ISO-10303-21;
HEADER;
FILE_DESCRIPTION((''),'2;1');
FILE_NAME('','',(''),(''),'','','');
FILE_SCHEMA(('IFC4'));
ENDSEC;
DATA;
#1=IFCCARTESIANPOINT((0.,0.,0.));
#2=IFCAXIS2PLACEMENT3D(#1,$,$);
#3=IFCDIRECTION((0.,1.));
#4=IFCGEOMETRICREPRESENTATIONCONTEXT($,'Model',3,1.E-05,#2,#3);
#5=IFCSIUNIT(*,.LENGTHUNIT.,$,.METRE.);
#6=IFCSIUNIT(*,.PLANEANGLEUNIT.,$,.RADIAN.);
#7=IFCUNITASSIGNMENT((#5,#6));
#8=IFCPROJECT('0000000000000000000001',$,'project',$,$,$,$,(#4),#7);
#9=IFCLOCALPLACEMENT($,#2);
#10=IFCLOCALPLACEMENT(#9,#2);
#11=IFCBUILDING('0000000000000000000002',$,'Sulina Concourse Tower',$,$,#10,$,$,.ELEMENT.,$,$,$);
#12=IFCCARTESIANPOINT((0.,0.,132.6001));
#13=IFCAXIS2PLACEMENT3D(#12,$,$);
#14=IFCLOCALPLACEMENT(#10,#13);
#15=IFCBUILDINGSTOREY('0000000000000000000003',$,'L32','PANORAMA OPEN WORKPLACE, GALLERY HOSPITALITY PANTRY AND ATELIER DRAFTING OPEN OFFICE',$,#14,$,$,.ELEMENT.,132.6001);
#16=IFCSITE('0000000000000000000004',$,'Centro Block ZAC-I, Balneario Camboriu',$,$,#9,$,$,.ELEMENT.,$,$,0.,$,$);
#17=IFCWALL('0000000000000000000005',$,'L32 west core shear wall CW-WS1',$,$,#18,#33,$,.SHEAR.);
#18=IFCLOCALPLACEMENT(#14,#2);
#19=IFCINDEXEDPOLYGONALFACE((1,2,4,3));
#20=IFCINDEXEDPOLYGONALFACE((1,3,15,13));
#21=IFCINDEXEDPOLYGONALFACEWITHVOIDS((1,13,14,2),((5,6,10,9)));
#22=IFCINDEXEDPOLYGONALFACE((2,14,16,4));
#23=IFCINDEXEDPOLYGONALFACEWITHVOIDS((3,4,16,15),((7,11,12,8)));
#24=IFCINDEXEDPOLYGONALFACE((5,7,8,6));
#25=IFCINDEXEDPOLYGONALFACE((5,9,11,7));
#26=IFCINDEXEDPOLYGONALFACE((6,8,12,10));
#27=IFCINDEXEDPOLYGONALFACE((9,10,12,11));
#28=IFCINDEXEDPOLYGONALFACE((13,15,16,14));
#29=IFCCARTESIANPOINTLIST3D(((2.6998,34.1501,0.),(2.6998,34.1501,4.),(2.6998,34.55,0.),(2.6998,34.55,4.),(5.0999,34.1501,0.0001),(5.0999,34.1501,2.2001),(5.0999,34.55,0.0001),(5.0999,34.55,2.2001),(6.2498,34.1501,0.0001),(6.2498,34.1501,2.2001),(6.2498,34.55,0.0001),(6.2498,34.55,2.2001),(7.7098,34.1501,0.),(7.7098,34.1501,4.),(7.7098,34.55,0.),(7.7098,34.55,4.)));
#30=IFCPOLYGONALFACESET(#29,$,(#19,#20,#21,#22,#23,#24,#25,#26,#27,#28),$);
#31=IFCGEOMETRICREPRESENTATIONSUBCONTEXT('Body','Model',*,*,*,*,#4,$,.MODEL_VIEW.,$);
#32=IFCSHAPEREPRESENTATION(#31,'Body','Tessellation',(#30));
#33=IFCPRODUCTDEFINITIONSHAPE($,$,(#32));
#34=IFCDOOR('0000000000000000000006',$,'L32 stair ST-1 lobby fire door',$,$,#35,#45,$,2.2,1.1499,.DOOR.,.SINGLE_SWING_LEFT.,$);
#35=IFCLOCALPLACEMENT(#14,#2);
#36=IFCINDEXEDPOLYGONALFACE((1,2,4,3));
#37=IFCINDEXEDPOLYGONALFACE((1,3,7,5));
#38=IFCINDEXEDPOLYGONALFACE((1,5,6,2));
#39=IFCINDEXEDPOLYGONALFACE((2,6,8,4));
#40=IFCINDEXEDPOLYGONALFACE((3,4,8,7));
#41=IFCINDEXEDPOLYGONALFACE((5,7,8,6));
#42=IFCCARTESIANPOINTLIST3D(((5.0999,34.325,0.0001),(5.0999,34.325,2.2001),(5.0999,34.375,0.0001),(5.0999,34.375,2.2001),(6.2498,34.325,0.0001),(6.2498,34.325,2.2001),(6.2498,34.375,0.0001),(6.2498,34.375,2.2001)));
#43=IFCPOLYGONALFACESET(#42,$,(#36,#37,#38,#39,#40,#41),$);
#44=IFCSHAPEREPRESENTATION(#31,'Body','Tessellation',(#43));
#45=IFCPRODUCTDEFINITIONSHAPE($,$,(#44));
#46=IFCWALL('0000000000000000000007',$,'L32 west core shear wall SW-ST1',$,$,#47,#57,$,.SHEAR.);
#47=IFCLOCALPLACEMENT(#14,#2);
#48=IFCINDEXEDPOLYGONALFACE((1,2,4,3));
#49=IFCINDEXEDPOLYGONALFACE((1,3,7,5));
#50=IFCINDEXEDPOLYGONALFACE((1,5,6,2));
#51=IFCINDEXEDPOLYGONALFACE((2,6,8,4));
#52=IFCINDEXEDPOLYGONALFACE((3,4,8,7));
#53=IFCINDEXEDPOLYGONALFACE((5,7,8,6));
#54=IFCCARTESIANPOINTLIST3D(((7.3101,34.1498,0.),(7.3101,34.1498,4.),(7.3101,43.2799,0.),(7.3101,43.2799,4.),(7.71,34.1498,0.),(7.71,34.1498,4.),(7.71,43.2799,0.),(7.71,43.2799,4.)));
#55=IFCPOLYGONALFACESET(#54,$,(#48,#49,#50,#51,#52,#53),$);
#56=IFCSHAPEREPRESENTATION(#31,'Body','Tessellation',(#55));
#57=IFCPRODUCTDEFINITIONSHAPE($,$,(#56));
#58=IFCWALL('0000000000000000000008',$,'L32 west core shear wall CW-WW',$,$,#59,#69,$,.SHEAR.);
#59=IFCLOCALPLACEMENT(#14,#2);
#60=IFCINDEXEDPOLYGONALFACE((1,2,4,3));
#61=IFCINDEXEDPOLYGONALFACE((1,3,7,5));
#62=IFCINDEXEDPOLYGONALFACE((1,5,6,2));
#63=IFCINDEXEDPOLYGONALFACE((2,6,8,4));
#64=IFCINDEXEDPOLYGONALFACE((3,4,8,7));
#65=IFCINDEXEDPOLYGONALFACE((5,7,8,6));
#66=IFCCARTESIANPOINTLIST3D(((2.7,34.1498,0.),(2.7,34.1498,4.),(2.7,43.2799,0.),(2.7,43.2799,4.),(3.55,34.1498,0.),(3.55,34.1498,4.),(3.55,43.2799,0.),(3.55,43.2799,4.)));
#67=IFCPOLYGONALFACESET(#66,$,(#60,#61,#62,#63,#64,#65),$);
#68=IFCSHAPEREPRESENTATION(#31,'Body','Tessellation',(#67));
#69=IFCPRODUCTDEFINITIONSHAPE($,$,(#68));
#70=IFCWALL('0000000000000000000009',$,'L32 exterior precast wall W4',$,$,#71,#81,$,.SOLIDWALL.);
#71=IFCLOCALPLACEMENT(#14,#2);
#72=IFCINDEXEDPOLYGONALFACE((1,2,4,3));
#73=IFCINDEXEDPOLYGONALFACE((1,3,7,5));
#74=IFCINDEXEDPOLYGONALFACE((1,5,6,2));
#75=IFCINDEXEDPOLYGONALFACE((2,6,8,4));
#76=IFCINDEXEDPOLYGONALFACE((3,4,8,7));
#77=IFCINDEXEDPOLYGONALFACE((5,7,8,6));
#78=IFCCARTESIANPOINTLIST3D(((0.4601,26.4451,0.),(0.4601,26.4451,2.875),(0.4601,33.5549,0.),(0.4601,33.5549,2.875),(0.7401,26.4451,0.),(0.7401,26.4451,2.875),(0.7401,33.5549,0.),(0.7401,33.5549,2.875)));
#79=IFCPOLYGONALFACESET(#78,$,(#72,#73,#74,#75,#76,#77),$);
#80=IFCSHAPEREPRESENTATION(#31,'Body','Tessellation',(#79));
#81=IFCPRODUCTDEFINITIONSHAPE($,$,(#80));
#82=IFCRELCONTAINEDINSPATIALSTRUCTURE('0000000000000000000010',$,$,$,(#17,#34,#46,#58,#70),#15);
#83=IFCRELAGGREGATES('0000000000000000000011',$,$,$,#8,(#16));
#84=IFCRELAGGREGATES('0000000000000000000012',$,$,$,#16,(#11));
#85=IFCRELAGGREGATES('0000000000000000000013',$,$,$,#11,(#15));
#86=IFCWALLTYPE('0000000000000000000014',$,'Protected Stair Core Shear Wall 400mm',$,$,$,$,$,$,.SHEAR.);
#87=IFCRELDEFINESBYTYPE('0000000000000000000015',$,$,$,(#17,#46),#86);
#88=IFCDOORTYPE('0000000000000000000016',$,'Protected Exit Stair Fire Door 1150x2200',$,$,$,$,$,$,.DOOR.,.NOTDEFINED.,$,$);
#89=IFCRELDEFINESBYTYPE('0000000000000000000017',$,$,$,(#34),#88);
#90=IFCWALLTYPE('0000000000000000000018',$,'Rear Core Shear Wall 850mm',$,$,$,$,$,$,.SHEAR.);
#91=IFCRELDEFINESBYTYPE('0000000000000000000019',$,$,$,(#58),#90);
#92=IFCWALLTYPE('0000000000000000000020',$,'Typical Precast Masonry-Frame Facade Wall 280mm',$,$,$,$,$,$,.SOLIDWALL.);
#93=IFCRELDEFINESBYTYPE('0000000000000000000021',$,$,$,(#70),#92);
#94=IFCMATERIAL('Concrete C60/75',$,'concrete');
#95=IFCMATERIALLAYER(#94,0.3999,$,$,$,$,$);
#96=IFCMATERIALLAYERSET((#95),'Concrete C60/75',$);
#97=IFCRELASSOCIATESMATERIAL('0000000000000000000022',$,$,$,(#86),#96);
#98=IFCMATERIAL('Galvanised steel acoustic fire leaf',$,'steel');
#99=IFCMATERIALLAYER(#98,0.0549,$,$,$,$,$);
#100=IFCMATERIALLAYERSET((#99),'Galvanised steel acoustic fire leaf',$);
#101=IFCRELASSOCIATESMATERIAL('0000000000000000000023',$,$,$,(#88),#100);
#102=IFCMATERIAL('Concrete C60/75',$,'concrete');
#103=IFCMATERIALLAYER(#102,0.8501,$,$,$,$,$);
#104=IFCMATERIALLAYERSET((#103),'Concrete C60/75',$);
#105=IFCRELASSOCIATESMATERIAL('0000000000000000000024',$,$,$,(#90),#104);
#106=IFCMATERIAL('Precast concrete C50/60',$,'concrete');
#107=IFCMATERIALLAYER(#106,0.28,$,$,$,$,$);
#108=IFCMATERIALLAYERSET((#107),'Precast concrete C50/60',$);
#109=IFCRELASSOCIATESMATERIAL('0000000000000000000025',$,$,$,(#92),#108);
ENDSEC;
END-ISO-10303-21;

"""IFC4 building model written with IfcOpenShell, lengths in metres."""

from ifc_helpers import new_model, si_unit, direction, frame, frame_2d, origin, place, context, subcontext, project, spatial, rectangle, extrude, material, layer, layer_set, type_object, element, fill, save


model = new_model("IFC4")

# Units and contexts
model_context = context("Model", 3, precision=1e-05, world=origin(), true_north=direction((0.0, 1.0)))
body_context = subcontext(model_context, "Body", "Model", "MODEL_VIEW")
ifc_project = project(units=[si_unit("LENGTHUNIT", "METRE"), si_unit("PLANEANGLEUNIT", "RADIAN")], contexts=[model_context])

# Site, building, storey
site_placement = place(None, origin())
site = spatial("IfcSite", under=ifc_project, at=site_placement, Name="Centro Block ZAC-I, Balneario Camboriu", CompositionType="ELEMENT", RefElevation=0.0)
building_placement = place(site_placement, origin())
building = spatial("IfcBuilding", under=site, at=building_placement, Name="Sulina Concourse Tower", CompositionType="ELEMENT")
storey_placement = place(building_placement, frame((0.0, 0.0, 132.6001)))
storey = spatial("IfcBuildingStorey", under=building, at=storey_placement, Name="L32", Description="PANORAMA OPEN WORKPLACE, GALLERY HOSPITALITY PANTRY AND ATELIER DRAFTING OPEN OFFICE", CompositionType="ELEMENT", Elevation=132.6001)

# Wall, opening, door
ifc_material_1 = material(Name="Concrete C60/75", Category="concrete")
ifc_layer_1 = layer(ifc_material_1, 0.3999)
ifc_layer_set_1 = layer_set([ifc_layer_1], Name="Concrete C60/75")
wall_type_1 = type_object("IfcWallType", Name="Protected Stair Core Shear Wall 400mm", PredefinedType="SHEAR", material=ifc_layer_set_1)
wall_1_placement = place(storey_placement, frame((2.7, 34.3501, 0.0), z_axis=(0.0, 0.0, 1.0), x_axis=(1.0, 0.0, 0.0)))
wall_1 = element("IfcWall", 1, at=wall_1_placement, inside=storey, type_object=wall_type_1, Name="L32 west core shear wall CW-WS1", PredefinedType="SHEAR", context=body_context, shape_type="SweptSolid", body=[
    extrude(rectangle(XDim=5.01, YDim=0.3999, at=frame_2d((2.5049, 0.0))), origin(), (0.0, 0.0, 1.0), 4.0),
])
opening_placement = place(wall_1_placement, frame((2.3999, 0.0, 0.0)))
opening = element("IfcOpeningElement", 2, at=opening_placement, cuts=wall_1, PredefinedType="OPENING", context=body_context, shape_type="SweptSolid", body=[
    extrude(rectangle(XDim=1.1499, YDim=2.2, at=frame_2d((0.575, 1.1001))), frame((0.0, 0.21, 0.0), z_axis=(0.0, -1.0, 0.0), x_axis=(1.0, 0.0, 0.0)), (0.0, 0.0, 1.0), 0.4199),
])
ifc_material_2 = material(Name="Galvanised steel acoustic fire leaf", Category="steel")
ifc_layer_2 = layer(ifc_material_2, 0.0549)
ifc_layer_set_2 = layer_set([ifc_layer_2], Name="Galvanised steel acoustic fire leaf")
door_type = type_object("IfcDoorType", Name="Protected Exit Stair Fire Door 1150x2200", OperationType="NOTDEFINED", PredefinedType="DOOR", material=ifc_layer_set_2)
door_placement = place(opening_placement, origin())
door = element("IfcDoor", 3, at=door_placement, inside=storey, type_object=door_type, Name="L32 stair ST-1 lobby fire door", OperationType="SINGLE_SWING_LEFT", OverallHeight=2.2, OverallWidth=1.1499, PredefinedType="DOOR", context=body_context, shape_type="SweptSolid", body=[
    extrude(rectangle(XDim=1.1499, YDim=2.2, at=frame_2d((0.575, 1.1001))), frame((0.0, 0.0249, 0.0), z_axis=(0.0, -1.0, 0.0), x_axis=(1.0, 0.0, 0.0)), (0.0, 0.0, 1.0), 0.05),
])
fill(opening, door)

# Walls
wall_2_placement = place(storey_placement, frame((7.51, 34.1499, 0.0), z_axis=(0.0, 0.0, 1.0), x_axis=(0.0, 1.0, 0.0)))
element("IfcWall", 4, at=wall_2_placement, inside=storey, type_object=wall_type_1, Name="L32 west core shear wall SW-ST1", PredefinedType="SHEAR", context=body_context, shape_type="SweptSolid", body=[
    extrude(rectangle(XDim=9.1301, YDim=0.3999, at=frame_2d((4.5649, 0.0))), origin(), (0.0, 0.0, 1.0), 4.0),
])
ifc_material_3 = material(Name="Concrete C60/75", Category="concrete")
ifc_layer_3 = layer(ifc_material_3, 0.8501)
ifc_layer_set_3 = layer_set([ifc_layer_3], Name="Concrete C60/75")
wall_type_2 = type_object("IfcWallType", Name="Rear Core Shear Wall 850mm", PredefinedType="SHEAR", material=ifc_layer_set_3)
wall_3_placement = place(storey_placement, frame((3.125, 34.1499, 0.0), z_axis=(0.0, 0.0, 1.0), x_axis=(0.0, 1.0, 0.0)))
element("IfcWall", 5, at=wall_3_placement, inside=storey, type_object=wall_type_2, Name="L32 west core shear wall CW-WW", PredefinedType="SHEAR", context=body_context, shape_type="SweptSolid", body=[
    extrude(rectangle(XDim=9.1301, YDim=0.8501, at=frame_2d((4.5649, 0.0))), origin(), (0.0, 0.0, 1.0), 4.0),
])
ifc_material_4 = material(Name="Precast concrete C50/60", Category="concrete")
ifc_layer_4 = layer(ifc_material_4, 0.28)
ifc_layer_set_4 = layer_set([ifc_layer_4], Name="Precast concrete C50/60")
wall_type_3 = type_object("IfcWallType", Name="Typical Precast Masonry-Frame Facade Wall 280mm", PredefinedType="SOLIDWALL", material=ifc_layer_set_4)
wall_4_placement = place(storey_placement, frame((0.6001, 26.4451, 0.0), z_axis=(0.0, 0.0, 1.0), x_axis=(0.0, 1.0, 0.0)))
element("IfcWall", 6, at=wall_4_placement, inside=storey, type_object=wall_type_3, Name="L32 exterior precast wall W4", PredefinedType="SOLIDWALL", context=body_context, shape_type="SweptSolid", body=[
    extrude(rectangle(XDim=7.1099, YDim=0.28, at=frame_2d((3.5549, 0.0))), origin(), (0.0, 0.0, 1.0), 2.875),
])

save(model, "model.ifc")
